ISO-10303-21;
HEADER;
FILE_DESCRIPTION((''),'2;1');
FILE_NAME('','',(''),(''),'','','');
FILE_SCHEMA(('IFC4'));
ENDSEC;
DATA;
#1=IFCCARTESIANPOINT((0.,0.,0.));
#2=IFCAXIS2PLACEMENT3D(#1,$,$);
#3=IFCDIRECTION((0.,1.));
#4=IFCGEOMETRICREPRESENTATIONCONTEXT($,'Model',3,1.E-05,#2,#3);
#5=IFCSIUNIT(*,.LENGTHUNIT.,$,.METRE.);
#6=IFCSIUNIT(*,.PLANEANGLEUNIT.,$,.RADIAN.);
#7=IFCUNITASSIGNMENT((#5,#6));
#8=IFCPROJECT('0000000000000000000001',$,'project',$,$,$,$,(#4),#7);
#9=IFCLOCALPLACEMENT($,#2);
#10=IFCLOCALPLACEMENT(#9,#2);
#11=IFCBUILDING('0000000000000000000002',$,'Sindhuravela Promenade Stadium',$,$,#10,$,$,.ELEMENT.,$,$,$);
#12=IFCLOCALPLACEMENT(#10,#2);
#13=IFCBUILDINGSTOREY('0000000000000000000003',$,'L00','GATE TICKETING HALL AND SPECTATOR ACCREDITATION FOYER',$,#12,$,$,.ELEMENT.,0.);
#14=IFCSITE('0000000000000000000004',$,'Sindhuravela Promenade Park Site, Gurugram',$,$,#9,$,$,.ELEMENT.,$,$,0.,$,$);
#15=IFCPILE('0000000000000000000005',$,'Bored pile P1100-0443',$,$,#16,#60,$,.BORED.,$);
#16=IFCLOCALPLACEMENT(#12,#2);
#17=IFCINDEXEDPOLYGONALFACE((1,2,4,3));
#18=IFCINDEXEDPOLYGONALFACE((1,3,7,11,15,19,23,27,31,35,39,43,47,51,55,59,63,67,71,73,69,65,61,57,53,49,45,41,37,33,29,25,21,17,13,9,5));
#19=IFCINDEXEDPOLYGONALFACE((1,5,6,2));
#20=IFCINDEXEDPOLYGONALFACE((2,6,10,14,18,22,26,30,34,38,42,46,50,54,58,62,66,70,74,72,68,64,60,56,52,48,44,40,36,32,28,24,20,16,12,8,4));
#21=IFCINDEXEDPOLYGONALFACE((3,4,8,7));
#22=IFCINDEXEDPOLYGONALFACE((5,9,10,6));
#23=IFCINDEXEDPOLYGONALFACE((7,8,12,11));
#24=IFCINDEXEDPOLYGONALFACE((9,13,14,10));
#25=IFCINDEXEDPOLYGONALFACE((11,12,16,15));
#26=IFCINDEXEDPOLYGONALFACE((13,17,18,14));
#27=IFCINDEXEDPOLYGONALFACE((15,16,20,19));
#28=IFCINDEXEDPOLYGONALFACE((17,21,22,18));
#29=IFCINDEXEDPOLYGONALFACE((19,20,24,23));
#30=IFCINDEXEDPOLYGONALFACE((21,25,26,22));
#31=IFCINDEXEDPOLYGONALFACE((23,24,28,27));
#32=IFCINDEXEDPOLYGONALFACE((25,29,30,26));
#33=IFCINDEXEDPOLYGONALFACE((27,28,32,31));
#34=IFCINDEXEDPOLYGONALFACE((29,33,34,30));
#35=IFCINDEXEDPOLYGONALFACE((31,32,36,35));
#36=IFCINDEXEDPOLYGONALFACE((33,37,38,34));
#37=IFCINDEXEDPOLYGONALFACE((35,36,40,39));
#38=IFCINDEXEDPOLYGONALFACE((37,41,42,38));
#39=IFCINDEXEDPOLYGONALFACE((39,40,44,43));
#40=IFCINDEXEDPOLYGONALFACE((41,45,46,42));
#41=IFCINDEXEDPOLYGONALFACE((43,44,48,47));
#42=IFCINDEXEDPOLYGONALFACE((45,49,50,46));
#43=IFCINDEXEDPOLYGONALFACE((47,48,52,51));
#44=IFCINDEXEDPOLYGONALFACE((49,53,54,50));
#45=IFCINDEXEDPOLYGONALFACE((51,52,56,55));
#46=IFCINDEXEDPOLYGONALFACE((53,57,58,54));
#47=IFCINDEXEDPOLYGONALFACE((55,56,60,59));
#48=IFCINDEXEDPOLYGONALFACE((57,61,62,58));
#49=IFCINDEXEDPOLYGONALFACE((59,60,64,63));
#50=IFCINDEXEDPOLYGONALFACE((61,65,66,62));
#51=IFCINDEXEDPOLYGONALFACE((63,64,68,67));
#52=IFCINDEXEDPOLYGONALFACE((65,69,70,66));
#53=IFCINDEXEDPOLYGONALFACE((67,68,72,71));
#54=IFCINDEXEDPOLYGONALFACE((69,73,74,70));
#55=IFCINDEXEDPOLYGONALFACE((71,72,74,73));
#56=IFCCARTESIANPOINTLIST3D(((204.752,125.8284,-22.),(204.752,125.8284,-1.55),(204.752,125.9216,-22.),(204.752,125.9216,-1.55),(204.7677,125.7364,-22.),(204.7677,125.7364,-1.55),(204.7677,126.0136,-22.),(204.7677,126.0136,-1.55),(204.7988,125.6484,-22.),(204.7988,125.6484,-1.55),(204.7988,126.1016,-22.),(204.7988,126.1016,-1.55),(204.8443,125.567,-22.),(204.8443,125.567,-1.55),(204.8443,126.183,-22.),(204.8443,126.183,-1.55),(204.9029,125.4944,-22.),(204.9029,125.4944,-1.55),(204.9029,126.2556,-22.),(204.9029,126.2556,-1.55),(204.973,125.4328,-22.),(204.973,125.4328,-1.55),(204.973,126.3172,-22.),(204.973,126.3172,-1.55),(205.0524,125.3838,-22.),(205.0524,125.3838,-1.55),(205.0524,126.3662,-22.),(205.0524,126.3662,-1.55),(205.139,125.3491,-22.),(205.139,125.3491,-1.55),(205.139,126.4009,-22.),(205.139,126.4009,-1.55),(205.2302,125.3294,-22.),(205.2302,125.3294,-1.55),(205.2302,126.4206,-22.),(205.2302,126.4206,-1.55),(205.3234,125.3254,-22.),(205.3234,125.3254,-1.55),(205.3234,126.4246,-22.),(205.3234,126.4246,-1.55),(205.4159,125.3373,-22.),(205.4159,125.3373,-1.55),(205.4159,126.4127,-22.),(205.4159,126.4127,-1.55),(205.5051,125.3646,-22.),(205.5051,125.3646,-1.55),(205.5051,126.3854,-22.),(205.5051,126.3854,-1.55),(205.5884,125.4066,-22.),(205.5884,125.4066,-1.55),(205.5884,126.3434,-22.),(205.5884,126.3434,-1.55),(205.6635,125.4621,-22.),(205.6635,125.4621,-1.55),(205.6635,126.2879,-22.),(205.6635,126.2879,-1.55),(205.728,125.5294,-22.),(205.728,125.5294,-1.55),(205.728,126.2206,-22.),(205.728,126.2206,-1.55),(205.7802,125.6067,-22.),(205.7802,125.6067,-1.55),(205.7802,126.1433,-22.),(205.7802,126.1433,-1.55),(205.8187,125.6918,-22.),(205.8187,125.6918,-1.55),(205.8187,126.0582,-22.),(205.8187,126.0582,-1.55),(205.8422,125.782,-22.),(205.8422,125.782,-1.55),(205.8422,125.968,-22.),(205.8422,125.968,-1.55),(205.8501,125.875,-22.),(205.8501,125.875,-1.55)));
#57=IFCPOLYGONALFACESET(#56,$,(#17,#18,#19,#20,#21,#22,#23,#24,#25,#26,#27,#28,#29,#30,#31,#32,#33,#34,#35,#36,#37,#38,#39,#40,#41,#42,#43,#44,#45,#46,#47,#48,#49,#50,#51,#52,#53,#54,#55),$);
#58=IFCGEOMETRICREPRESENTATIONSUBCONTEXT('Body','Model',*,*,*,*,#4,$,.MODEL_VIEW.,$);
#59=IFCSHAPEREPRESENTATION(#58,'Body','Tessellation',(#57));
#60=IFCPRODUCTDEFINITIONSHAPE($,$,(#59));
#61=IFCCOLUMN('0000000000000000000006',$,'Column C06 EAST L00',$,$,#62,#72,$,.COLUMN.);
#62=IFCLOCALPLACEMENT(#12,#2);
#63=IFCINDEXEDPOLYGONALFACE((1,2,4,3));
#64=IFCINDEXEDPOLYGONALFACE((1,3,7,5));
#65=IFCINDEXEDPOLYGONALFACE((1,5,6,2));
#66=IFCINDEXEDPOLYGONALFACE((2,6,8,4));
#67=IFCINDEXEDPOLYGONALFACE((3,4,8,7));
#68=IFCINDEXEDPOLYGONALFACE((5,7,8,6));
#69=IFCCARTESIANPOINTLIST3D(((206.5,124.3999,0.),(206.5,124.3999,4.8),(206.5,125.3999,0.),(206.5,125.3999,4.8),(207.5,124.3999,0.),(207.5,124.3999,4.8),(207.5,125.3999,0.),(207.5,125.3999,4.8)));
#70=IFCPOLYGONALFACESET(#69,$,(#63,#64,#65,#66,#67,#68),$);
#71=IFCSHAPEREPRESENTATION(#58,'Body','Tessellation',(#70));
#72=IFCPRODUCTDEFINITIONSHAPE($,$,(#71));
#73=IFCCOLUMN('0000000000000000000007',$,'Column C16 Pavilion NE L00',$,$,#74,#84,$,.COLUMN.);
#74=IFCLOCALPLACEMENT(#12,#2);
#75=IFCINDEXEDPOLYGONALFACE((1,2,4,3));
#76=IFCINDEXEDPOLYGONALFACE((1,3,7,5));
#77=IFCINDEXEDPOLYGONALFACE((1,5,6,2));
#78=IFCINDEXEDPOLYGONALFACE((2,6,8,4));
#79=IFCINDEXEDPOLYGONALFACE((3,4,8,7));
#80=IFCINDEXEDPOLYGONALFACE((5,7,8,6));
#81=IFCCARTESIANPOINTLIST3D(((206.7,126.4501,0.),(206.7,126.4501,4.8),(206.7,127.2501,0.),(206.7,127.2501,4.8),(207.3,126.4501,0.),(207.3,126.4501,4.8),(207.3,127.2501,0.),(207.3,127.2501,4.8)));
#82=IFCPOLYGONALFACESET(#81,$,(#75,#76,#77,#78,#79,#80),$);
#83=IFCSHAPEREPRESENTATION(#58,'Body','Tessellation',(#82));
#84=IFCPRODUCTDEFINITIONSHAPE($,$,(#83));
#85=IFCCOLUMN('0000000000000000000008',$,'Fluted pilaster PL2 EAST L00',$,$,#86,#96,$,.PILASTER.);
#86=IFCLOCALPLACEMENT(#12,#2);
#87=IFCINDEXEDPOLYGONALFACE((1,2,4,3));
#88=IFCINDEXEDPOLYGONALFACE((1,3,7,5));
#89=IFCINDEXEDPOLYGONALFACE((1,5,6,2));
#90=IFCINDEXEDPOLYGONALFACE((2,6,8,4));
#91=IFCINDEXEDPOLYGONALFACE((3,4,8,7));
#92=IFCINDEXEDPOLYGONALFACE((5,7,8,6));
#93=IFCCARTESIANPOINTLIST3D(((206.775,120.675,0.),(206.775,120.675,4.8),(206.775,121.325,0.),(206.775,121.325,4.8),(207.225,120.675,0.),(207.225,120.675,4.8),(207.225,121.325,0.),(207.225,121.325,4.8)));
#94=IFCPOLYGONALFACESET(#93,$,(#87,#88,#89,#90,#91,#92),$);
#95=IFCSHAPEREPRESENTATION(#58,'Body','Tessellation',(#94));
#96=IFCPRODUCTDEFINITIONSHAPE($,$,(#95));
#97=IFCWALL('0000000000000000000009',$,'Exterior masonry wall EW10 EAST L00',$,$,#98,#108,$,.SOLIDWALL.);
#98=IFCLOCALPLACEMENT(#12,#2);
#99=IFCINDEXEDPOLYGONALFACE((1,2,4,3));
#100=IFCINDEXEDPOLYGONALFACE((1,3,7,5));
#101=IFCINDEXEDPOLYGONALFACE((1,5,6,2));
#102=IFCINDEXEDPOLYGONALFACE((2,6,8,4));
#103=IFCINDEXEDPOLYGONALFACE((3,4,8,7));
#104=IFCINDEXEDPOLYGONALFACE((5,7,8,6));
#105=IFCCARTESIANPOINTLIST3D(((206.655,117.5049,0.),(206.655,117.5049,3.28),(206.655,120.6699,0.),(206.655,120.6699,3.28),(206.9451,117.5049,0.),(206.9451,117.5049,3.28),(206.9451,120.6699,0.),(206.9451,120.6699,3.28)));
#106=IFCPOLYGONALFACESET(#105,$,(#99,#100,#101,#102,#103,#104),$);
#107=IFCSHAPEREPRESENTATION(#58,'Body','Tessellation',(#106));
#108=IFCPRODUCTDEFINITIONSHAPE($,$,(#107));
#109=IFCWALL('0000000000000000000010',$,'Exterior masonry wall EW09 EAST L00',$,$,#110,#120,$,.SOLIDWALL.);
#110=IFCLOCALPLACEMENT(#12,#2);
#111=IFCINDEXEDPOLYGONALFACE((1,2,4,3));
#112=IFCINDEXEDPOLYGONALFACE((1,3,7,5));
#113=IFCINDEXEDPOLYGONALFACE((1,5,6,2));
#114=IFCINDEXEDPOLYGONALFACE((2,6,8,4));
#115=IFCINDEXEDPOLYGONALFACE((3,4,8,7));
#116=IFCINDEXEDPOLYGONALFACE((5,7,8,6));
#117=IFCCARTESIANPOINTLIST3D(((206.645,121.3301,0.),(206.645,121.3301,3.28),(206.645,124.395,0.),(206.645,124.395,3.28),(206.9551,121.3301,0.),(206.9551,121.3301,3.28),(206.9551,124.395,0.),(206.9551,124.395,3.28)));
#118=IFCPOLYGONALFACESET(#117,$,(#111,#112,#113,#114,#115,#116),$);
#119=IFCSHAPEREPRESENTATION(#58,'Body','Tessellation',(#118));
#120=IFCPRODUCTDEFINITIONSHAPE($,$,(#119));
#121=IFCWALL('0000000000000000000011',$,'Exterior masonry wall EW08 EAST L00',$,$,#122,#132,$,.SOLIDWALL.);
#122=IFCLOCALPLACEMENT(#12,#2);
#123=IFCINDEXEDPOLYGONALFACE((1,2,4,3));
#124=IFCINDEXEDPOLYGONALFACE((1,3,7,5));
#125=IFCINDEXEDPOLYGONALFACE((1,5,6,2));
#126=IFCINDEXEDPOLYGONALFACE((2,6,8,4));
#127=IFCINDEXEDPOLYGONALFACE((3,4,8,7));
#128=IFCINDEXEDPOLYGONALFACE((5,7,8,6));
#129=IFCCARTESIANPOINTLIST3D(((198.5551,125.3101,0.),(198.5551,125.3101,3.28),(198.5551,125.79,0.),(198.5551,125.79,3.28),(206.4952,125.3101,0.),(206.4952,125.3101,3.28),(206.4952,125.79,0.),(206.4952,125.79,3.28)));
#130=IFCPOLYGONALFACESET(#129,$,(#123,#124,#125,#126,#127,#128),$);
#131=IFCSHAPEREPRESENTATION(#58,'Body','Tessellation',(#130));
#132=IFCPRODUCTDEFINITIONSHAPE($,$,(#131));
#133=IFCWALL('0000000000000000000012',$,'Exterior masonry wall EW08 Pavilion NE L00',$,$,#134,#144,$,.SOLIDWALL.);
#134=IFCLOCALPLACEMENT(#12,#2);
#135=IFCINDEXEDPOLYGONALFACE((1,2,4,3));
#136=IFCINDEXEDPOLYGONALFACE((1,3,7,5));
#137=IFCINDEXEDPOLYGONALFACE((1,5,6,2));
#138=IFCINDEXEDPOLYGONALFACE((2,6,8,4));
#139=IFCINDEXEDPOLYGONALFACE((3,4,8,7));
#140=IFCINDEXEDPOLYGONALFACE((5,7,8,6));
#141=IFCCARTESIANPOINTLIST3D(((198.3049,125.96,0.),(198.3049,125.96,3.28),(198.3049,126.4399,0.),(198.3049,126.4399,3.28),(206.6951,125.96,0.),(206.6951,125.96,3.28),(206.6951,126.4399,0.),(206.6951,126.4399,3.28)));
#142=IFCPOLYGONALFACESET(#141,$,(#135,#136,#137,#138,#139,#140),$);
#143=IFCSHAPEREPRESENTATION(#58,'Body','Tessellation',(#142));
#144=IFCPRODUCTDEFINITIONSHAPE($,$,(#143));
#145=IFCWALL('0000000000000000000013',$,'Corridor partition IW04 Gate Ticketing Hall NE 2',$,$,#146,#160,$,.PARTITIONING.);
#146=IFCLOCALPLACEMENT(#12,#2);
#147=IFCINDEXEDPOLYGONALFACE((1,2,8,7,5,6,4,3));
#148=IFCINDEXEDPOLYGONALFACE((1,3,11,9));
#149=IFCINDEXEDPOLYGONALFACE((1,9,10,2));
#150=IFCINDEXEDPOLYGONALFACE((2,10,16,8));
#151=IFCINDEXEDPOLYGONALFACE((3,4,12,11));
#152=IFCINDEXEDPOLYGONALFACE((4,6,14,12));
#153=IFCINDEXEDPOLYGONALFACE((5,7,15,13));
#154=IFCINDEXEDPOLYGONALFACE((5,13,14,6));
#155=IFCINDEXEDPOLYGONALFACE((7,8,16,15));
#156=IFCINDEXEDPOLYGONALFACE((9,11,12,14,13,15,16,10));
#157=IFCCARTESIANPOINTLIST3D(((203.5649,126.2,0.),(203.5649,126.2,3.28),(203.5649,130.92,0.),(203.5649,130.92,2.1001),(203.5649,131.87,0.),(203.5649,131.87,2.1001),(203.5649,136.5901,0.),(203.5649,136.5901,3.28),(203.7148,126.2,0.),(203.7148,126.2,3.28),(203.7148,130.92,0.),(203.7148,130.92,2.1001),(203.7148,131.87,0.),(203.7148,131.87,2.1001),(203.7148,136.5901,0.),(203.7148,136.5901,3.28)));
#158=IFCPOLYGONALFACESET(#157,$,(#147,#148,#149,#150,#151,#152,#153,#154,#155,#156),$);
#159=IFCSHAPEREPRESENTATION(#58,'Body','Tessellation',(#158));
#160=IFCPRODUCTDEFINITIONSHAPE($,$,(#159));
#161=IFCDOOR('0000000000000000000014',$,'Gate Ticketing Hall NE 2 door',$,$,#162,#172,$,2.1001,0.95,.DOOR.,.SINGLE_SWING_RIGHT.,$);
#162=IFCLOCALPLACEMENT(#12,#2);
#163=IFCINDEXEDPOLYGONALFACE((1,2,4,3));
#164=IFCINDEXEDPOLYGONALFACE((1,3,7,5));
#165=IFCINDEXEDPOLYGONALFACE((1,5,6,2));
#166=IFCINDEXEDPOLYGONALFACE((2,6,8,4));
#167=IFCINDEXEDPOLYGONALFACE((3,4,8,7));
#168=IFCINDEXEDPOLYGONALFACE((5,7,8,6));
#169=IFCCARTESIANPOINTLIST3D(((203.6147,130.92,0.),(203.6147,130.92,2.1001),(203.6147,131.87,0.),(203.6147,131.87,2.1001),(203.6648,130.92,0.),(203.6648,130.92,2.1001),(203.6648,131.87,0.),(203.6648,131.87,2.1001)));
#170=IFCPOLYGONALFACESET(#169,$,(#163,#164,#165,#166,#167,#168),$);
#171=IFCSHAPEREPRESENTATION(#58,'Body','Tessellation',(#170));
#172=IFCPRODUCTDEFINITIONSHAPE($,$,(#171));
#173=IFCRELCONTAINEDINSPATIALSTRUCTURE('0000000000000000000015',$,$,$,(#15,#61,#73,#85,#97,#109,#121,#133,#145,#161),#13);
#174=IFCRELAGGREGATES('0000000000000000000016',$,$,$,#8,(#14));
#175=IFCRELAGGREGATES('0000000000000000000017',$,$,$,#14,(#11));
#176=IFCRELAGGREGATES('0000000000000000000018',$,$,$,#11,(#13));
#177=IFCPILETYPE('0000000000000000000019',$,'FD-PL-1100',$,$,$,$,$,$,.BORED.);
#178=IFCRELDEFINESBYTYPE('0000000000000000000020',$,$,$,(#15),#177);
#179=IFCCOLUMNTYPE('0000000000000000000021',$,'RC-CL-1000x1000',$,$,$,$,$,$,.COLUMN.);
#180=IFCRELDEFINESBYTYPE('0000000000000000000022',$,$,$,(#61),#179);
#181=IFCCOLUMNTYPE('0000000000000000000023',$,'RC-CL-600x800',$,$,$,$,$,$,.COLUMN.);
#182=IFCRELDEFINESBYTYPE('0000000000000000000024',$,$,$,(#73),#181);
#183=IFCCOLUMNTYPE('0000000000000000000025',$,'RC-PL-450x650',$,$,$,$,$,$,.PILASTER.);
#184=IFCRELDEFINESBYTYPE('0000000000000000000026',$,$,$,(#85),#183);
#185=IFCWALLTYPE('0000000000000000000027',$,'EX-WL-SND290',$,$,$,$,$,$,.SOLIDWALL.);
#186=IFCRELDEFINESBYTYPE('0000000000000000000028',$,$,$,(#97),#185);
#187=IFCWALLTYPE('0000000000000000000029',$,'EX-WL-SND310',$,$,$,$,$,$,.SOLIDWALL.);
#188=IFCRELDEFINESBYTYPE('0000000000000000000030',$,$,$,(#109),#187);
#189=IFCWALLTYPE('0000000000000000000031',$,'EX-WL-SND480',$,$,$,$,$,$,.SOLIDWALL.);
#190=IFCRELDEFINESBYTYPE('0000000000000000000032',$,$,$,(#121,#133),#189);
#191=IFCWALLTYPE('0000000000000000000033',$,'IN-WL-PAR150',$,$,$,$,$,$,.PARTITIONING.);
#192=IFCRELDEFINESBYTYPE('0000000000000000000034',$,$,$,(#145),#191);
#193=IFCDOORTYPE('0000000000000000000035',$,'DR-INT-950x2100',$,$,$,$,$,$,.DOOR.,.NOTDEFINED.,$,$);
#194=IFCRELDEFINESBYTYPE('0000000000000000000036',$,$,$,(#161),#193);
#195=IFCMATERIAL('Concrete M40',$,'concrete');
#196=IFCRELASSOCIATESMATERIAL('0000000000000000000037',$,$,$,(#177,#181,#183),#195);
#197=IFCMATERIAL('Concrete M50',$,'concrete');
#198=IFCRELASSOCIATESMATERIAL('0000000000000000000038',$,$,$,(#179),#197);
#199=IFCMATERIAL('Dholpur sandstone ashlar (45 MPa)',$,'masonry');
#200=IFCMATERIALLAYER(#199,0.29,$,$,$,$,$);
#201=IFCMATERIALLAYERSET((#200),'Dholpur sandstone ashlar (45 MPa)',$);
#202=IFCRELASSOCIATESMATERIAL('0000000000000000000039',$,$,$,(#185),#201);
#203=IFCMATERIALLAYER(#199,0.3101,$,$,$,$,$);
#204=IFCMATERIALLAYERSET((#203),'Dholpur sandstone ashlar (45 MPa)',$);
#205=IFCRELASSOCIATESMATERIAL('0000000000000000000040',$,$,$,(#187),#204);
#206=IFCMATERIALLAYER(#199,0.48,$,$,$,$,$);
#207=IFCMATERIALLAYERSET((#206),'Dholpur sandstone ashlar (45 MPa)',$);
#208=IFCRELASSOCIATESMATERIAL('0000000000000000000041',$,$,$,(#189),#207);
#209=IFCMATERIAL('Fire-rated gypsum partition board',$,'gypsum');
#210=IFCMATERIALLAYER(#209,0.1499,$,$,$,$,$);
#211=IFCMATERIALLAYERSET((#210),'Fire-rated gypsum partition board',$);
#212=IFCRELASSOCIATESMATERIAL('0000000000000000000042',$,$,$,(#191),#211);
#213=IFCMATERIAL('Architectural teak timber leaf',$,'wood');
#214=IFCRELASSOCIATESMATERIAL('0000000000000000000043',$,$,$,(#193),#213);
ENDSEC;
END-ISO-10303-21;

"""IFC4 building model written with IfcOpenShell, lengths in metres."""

from ifc_helpers import new_model, si_unit, direction, frame, frame_2d, origin, origin_2d, place, context, subcontext, project, spatial, rectangle, circle, extrude, material, layer, layer_set, material_profile, profile_set, type_object, element, fill, save


model = new_model("IFC4")

# Units and contexts
model_context = context("Model", 3, precision=1e-05, world=origin(), true_north=direction((0.0, 1.0)))
body_context = subcontext(model_context, "Body", "Model", "MODEL_VIEW")
ifc_project = project(units=[si_unit("LENGTHUNIT", "METRE"), si_unit("PLANEANGLEUNIT", "RADIAN")], contexts=[model_context])

# Site, building, storey
site_placement = place(None, origin())
site = spatial("IfcSite", under=ifc_project, at=site_placement, Name="Sindhuravela Promenade Park Site, Gurugram", CompositionType="ELEMENT", RefElevation=0.0)
building_placement = place(site_placement, origin())
building = spatial("IfcBuilding", under=site, at=building_placement, Name="Sindhuravela Promenade Stadium", CompositionType="ELEMENT")
storey_placement = place(building_placement, origin())
storey = spatial("IfcBuildingStorey", under=building, at=storey_placement, Name="L00", Description="GATE TICKETING HALL AND SPECTATOR ACCREDITATION FOYER", CompositionType="ELEMENT", Elevation=0.0)

# Shared definitions
ifc_material_1 = material(Name="Concrete M50", Category="concrete")

# Pile
ifc_material_2 = material(Name="Concrete M40", Category="concrete")
ifc_material_profile_1 = material_profile(ifc_material_2, circle(Radius=0.55, at=origin_2d()), Name="BORED PILE D1100")
ifc_profile_set_1 = profile_set([ifc_material_profile_1], Name="Concrete M40")
pile_type_1 = type_object("IfcPileType", Name="FD-PL-1100", PredefinedType="BORED", material=ifc_profile_set_1)
pile_placement = place(storey_placement, frame((205.3, 125.875, -1.55), z_axis=(0.0, 0.0, -1.0), x_axis=(1.0, 0.0, 0.0)))
element("IfcPile", 1, at=pile_placement, inside=storey, type_object=pile_type_1, Name="Bored pile P1100-0443", PredefinedType="BORED", context=body_context, shape_type="SweptSolid", body=[
    extrude(circle(Radius=0.55, at=origin_2d()), origin(), (0.0, 0.0, 1.0), 20.45),
])

# Columns
ifc_material_profile_2 = material_profile(ifc_material_1, rectangle(XDim=1.0, YDim=1.0, at=origin_2d()), Name="RC 1000x1000")
ifc_profile_set_2 = profile_set([ifc_material_profile_2], Name="Concrete M50")
column_type_1 = type_object("IfcColumnType", Name="RC-CL-1000x1000", PredefinedType="COLUMN", material=ifc_profile_set_2)
column_1_placement = place(storey_placement, frame((207.0, 124.8999, 0.0), z_axis=(0.0, 0.0, 1.0), x_axis=(1.0, 0.0, 0.0)))
element("IfcColumn", 2, at=column_1_placement, inside=storey, type_object=column_type_1, Name="Column C06 EAST L00", PredefinedType="COLUMN", context=body_context, shape_type="SweptSolid", body=[
    extrude(rectangle(XDim=1.0, YDim=1.0, at=origin_2d()), origin(), (0.0, 0.0, 1.0), 4.8),
])
ifc_material_profile_3 = material_profile(ifc_material_2, rectangle(XDim=0.6001, YDim=0.8, at=origin_2d()), Name="RC 600x800")
ifc_profile_set_3 = profile_set([ifc_material_profile_3], Name="Concrete M40")
column_type_2 = type_object("IfcColumnType", Name="RC-CL-600x800", PredefinedType="COLUMN", material=ifc_profile_set_3)
column_2_placement = place(storey_placement, frame((207.0, 126.8501, 0.0), z_axis=(0.0, 0.0, 1.0), x_axis=(1.0, 0.0, 0.0)))
element("IfcColumn", 3, at=column_2_placement, inside=storey, type_object=column_type_2, Name="Column C16 Pavilion NE L00", PredefinedType="COLUMN", context=body_context, shape_type="SweptSolid", body=[
    extrude(rectangle(XDim=0.6001, YDim=0.8, at=origin_2d()), origin(), (0.0, 0.0, 1.0), 4.8),
])
ifc_material_profile_4 = material_profile(ifc_material_2, rectangle(XDim=0.45, YDim=0.6499, at=origin_2d()), Name="PIL 450x650")
ifc_profile_set_4 = profile_set([ifc_material_profile_4], Name="Concrete M40")
column_type_3 = type_object("IfcColumnType", Name="RC-PL-450x650", PredefinedType="PILASTER", material=ifc_profile_set_4)
column_3_placement = place(storey_placement, frame((207.0, 121.0, 0.0), z_axis=(0.0, 0.0, 1.0), x_axis=(1.0, 0.0, 0.0)))
element("IfcColumn", 4, at=column_3_placement, inside=storey, type_object=column_type_3, Name="Fluted pilaster PL2 EAST L00", PredefinedType="PILASTER", context=body_context, shape_type="SweptSolid", body=[
    extrude(rectangle(XDim=0.45, YDim=0.6499, at=origin_2d()), origin(), (0.0, 0.0, 1.0), 4.8),
])

# Walls
ifc_material_3 = material(Name="Dholpur sandstone ashlar (45 MPa)", Category="masonry")
ifc_layer_1 = layer(ifc_material_3, 0.29)
ifc_layer_set_1 = layer_set([ifc_layer_1], Name="Dholpur sandstone ashlar (45 MPa)")
wall_type_1 = type_object("IfcWallType", Name="EX-WL-SND290", PredefinedType="SOLIDWALL", material=ifc_layer_set_1)
wall_1_placement = place(storey_placement, frame((206.8, 120.6699, 0.0), z_axis=(0.0, 0.0, 1.0), x_axis=(0.0, -1.0, 0.0)))
element("IfcWall", 5, at=wall_1_placement, inside=storey, type_object=wall_type_1, Name="Exterior masonry wall EW10 EAST L00", PredefinedType="SOLIDWALL", context=body_context, shape_type="SweptSolid", body=[
    extrude(rectangle(XDim=3.165, YDim=0.29, at=frame_2d((1.5825, 0.0))), origin(), (0.0, 0.0, 1.0), 3.28),
])
ifc_layer_2 = layer(ifc_material_3, 0.3101)
ifc_layer_set_2 = layer_set([ifc_layer_2], Name="Dholpur sandstone ashlar (45 MPa)")
wall_type_2 = type_object("IfcWallType", Name="EX-WL-SND310", PredefinedType="SOLIDWALL", material=ifc_layer_set_2)
wall_2_placement = place(storey_placement, frame((206.8, 124.395, 0.0), z_axis=(0.0, 0.0, 1.0), x_axis=(0.0, -1.0, 0.0)))
element("IfcWall", 6, at=wall_2_placement, inside=storey, type_object=wall_type_2, Name="Exterior masonry wall EW09 EAST L00", PredefinedType="SOLIDWALL", context=body_context, shape_type="SweptSolid", body=[
    extrude(rectangle(XDim=3.0649, YDim=0.3101, at=frame_2d((1.5325, 0.0))), origin(), (0.0, 0.0, 1.0), 3.28),
])
ifc_layer_3 = layer(ifc_material_3, 0.48)
ifc_layer_set_3 = layer_set([ifc_layer_3], Name="Dholpur sandstone ashlar (45 MPa)")
wall_type_3 = type_object("IfcWallType", Name="EX-WL-SND480", PredefinedType="SOLIDWALL", material=ifc_layer_set_3)
wall_3_placement = place(storey_placement, frame((198.5549, 125.55, 0.0), z_axis=(0.0, 0.0, 1.0), x_axis=(1.0, 0.0, 0.0)))
element("IfcWall", 7, at=wall_3_placement, inside=storey, type_object=wall_type_3, Name="Exterior masonry wall EW08 EAST L00", PredefinedType="SOLIDWALL", context=body_context, shape_type="SweptSolid", body=[
    extrude(rectangle(XDim=7.9402, YDim=0.48, at=frame_2d((3.9702, 0.0))), origin(), (0.0, 0.0, 1.0), 3.28),
])
wall_4_placement = place(storey_placement, frame((206.6951, 126.2, 0.0), z_axis=(0.0, 0.0, 1.0), x_axis=(-1.0, 0.0, 0.0)))
element("IfcWall", 8, at=wall_4_placement, inside=storey, type_object=wall_type_3, Name="Exterior masonry wall EW08 Pavilion NE L00", PredefinedType="SOLIDWALL", context=body_context, shape_type="SweptSolid", body=[
    extrude(rectangle(XDim=8.3901, YDim=0.48, at=frame_2d((4.1951, 0.0))), origin(), (0.0, 0.0, 1.0), 3.28),
])

# Wall, opening, door
ifc_material_4 = material(Name="Fire-rated gypsum partition board", Category="gypsum")
ifc_layer_4 = layer(ifc_material_4, 0.1499)
ifc_layer_set_4 = layer_set([ifc_layer_4], Name="Fire-rated gypsum partition board")
wall_type_4 = type_object("IfcWallType", Name="IN-WL-PAR150", PredefinedType="PARTITIONING", material=ifc_layer_set_4)
wall_5_placement = place(storey_placement, frame((203.6399, 136.5901, 0.0), z_axis=(0.0, 0.0, 1.0), x_axis=(0.0, -1.0, 0.0)))
wall_5 = element("IfcWall", 9, at=wall_5_placement, inside=storey, type_object=wall_type_4, Name="Corridor partition IW04 Gate Ticketing Hall NE 2", PredefinedType="PARTITIONING", context=body_context, shape_type="SweptSolid", body=[
    extrude(rectangle(XDim=10.3901, YDim=0.1499, at=frame_2d((5.1951, 0.0))), origin(), (0.0, 0.0, 1.0), 3.28),
])
opening_1_placement = place(wall_5_placement, frame((4.72, 0.0, 0.0)))
opening_1 = element("IfcOpeningElement", 10, at=opening_1_placement, cuts=wall_5, PredefinedType="OPENING", context=body_context, shape_type="SweptSolid", body=[
    extrude(rectangle(XDim=0.95, YDim=2.1001, at=frame_2d((0.4751, 1.05))), frame((0.0, 0.085, 0.0), z_axis=(0.0, -1.0, 0.0), x_axis=(1.0, 0.0, 0.0)), (0.0, 0.0, 1.0), 0.1699),
])
ifc_material_5 = material(Name="Architectural teak timber leaf", Category="wood")
door_type_1 = type_object("IfcDoorType", Name="DR-INT-950x2100", OperationType="NOTDEFINED", PredefinedType="DOOR", material=ifc_material_5)
door_1_placement = place(opening_1_placement, origin())
door_1 = element("IfcDoor", 11, at=door_1_placement, inside=storey, type_object=door_type_1, Name="Gate Ticketing Hall NE 2 door", OperationType="SINGLE_SWING_RIGHT", OverallHeight=2.1001, OverallWidth=0.95, PredefinedType="DOOR", context=body_context, shape_type="SweptSolid", body=[
    extrude(rectangle(XDim=0.95, YDim=2.1001, at=frame_2d((0.4751, 1.05))), frame((0.0, 0.0249, 0.0), z_axis=(0.0, -1.0, 0.0), x_axis=(1.0, 0.0, 0.0)), (0.0, 0.0, 1.0), 0.05),
])
fill(opening_1, door_1)

save(model, "model.ifc")
